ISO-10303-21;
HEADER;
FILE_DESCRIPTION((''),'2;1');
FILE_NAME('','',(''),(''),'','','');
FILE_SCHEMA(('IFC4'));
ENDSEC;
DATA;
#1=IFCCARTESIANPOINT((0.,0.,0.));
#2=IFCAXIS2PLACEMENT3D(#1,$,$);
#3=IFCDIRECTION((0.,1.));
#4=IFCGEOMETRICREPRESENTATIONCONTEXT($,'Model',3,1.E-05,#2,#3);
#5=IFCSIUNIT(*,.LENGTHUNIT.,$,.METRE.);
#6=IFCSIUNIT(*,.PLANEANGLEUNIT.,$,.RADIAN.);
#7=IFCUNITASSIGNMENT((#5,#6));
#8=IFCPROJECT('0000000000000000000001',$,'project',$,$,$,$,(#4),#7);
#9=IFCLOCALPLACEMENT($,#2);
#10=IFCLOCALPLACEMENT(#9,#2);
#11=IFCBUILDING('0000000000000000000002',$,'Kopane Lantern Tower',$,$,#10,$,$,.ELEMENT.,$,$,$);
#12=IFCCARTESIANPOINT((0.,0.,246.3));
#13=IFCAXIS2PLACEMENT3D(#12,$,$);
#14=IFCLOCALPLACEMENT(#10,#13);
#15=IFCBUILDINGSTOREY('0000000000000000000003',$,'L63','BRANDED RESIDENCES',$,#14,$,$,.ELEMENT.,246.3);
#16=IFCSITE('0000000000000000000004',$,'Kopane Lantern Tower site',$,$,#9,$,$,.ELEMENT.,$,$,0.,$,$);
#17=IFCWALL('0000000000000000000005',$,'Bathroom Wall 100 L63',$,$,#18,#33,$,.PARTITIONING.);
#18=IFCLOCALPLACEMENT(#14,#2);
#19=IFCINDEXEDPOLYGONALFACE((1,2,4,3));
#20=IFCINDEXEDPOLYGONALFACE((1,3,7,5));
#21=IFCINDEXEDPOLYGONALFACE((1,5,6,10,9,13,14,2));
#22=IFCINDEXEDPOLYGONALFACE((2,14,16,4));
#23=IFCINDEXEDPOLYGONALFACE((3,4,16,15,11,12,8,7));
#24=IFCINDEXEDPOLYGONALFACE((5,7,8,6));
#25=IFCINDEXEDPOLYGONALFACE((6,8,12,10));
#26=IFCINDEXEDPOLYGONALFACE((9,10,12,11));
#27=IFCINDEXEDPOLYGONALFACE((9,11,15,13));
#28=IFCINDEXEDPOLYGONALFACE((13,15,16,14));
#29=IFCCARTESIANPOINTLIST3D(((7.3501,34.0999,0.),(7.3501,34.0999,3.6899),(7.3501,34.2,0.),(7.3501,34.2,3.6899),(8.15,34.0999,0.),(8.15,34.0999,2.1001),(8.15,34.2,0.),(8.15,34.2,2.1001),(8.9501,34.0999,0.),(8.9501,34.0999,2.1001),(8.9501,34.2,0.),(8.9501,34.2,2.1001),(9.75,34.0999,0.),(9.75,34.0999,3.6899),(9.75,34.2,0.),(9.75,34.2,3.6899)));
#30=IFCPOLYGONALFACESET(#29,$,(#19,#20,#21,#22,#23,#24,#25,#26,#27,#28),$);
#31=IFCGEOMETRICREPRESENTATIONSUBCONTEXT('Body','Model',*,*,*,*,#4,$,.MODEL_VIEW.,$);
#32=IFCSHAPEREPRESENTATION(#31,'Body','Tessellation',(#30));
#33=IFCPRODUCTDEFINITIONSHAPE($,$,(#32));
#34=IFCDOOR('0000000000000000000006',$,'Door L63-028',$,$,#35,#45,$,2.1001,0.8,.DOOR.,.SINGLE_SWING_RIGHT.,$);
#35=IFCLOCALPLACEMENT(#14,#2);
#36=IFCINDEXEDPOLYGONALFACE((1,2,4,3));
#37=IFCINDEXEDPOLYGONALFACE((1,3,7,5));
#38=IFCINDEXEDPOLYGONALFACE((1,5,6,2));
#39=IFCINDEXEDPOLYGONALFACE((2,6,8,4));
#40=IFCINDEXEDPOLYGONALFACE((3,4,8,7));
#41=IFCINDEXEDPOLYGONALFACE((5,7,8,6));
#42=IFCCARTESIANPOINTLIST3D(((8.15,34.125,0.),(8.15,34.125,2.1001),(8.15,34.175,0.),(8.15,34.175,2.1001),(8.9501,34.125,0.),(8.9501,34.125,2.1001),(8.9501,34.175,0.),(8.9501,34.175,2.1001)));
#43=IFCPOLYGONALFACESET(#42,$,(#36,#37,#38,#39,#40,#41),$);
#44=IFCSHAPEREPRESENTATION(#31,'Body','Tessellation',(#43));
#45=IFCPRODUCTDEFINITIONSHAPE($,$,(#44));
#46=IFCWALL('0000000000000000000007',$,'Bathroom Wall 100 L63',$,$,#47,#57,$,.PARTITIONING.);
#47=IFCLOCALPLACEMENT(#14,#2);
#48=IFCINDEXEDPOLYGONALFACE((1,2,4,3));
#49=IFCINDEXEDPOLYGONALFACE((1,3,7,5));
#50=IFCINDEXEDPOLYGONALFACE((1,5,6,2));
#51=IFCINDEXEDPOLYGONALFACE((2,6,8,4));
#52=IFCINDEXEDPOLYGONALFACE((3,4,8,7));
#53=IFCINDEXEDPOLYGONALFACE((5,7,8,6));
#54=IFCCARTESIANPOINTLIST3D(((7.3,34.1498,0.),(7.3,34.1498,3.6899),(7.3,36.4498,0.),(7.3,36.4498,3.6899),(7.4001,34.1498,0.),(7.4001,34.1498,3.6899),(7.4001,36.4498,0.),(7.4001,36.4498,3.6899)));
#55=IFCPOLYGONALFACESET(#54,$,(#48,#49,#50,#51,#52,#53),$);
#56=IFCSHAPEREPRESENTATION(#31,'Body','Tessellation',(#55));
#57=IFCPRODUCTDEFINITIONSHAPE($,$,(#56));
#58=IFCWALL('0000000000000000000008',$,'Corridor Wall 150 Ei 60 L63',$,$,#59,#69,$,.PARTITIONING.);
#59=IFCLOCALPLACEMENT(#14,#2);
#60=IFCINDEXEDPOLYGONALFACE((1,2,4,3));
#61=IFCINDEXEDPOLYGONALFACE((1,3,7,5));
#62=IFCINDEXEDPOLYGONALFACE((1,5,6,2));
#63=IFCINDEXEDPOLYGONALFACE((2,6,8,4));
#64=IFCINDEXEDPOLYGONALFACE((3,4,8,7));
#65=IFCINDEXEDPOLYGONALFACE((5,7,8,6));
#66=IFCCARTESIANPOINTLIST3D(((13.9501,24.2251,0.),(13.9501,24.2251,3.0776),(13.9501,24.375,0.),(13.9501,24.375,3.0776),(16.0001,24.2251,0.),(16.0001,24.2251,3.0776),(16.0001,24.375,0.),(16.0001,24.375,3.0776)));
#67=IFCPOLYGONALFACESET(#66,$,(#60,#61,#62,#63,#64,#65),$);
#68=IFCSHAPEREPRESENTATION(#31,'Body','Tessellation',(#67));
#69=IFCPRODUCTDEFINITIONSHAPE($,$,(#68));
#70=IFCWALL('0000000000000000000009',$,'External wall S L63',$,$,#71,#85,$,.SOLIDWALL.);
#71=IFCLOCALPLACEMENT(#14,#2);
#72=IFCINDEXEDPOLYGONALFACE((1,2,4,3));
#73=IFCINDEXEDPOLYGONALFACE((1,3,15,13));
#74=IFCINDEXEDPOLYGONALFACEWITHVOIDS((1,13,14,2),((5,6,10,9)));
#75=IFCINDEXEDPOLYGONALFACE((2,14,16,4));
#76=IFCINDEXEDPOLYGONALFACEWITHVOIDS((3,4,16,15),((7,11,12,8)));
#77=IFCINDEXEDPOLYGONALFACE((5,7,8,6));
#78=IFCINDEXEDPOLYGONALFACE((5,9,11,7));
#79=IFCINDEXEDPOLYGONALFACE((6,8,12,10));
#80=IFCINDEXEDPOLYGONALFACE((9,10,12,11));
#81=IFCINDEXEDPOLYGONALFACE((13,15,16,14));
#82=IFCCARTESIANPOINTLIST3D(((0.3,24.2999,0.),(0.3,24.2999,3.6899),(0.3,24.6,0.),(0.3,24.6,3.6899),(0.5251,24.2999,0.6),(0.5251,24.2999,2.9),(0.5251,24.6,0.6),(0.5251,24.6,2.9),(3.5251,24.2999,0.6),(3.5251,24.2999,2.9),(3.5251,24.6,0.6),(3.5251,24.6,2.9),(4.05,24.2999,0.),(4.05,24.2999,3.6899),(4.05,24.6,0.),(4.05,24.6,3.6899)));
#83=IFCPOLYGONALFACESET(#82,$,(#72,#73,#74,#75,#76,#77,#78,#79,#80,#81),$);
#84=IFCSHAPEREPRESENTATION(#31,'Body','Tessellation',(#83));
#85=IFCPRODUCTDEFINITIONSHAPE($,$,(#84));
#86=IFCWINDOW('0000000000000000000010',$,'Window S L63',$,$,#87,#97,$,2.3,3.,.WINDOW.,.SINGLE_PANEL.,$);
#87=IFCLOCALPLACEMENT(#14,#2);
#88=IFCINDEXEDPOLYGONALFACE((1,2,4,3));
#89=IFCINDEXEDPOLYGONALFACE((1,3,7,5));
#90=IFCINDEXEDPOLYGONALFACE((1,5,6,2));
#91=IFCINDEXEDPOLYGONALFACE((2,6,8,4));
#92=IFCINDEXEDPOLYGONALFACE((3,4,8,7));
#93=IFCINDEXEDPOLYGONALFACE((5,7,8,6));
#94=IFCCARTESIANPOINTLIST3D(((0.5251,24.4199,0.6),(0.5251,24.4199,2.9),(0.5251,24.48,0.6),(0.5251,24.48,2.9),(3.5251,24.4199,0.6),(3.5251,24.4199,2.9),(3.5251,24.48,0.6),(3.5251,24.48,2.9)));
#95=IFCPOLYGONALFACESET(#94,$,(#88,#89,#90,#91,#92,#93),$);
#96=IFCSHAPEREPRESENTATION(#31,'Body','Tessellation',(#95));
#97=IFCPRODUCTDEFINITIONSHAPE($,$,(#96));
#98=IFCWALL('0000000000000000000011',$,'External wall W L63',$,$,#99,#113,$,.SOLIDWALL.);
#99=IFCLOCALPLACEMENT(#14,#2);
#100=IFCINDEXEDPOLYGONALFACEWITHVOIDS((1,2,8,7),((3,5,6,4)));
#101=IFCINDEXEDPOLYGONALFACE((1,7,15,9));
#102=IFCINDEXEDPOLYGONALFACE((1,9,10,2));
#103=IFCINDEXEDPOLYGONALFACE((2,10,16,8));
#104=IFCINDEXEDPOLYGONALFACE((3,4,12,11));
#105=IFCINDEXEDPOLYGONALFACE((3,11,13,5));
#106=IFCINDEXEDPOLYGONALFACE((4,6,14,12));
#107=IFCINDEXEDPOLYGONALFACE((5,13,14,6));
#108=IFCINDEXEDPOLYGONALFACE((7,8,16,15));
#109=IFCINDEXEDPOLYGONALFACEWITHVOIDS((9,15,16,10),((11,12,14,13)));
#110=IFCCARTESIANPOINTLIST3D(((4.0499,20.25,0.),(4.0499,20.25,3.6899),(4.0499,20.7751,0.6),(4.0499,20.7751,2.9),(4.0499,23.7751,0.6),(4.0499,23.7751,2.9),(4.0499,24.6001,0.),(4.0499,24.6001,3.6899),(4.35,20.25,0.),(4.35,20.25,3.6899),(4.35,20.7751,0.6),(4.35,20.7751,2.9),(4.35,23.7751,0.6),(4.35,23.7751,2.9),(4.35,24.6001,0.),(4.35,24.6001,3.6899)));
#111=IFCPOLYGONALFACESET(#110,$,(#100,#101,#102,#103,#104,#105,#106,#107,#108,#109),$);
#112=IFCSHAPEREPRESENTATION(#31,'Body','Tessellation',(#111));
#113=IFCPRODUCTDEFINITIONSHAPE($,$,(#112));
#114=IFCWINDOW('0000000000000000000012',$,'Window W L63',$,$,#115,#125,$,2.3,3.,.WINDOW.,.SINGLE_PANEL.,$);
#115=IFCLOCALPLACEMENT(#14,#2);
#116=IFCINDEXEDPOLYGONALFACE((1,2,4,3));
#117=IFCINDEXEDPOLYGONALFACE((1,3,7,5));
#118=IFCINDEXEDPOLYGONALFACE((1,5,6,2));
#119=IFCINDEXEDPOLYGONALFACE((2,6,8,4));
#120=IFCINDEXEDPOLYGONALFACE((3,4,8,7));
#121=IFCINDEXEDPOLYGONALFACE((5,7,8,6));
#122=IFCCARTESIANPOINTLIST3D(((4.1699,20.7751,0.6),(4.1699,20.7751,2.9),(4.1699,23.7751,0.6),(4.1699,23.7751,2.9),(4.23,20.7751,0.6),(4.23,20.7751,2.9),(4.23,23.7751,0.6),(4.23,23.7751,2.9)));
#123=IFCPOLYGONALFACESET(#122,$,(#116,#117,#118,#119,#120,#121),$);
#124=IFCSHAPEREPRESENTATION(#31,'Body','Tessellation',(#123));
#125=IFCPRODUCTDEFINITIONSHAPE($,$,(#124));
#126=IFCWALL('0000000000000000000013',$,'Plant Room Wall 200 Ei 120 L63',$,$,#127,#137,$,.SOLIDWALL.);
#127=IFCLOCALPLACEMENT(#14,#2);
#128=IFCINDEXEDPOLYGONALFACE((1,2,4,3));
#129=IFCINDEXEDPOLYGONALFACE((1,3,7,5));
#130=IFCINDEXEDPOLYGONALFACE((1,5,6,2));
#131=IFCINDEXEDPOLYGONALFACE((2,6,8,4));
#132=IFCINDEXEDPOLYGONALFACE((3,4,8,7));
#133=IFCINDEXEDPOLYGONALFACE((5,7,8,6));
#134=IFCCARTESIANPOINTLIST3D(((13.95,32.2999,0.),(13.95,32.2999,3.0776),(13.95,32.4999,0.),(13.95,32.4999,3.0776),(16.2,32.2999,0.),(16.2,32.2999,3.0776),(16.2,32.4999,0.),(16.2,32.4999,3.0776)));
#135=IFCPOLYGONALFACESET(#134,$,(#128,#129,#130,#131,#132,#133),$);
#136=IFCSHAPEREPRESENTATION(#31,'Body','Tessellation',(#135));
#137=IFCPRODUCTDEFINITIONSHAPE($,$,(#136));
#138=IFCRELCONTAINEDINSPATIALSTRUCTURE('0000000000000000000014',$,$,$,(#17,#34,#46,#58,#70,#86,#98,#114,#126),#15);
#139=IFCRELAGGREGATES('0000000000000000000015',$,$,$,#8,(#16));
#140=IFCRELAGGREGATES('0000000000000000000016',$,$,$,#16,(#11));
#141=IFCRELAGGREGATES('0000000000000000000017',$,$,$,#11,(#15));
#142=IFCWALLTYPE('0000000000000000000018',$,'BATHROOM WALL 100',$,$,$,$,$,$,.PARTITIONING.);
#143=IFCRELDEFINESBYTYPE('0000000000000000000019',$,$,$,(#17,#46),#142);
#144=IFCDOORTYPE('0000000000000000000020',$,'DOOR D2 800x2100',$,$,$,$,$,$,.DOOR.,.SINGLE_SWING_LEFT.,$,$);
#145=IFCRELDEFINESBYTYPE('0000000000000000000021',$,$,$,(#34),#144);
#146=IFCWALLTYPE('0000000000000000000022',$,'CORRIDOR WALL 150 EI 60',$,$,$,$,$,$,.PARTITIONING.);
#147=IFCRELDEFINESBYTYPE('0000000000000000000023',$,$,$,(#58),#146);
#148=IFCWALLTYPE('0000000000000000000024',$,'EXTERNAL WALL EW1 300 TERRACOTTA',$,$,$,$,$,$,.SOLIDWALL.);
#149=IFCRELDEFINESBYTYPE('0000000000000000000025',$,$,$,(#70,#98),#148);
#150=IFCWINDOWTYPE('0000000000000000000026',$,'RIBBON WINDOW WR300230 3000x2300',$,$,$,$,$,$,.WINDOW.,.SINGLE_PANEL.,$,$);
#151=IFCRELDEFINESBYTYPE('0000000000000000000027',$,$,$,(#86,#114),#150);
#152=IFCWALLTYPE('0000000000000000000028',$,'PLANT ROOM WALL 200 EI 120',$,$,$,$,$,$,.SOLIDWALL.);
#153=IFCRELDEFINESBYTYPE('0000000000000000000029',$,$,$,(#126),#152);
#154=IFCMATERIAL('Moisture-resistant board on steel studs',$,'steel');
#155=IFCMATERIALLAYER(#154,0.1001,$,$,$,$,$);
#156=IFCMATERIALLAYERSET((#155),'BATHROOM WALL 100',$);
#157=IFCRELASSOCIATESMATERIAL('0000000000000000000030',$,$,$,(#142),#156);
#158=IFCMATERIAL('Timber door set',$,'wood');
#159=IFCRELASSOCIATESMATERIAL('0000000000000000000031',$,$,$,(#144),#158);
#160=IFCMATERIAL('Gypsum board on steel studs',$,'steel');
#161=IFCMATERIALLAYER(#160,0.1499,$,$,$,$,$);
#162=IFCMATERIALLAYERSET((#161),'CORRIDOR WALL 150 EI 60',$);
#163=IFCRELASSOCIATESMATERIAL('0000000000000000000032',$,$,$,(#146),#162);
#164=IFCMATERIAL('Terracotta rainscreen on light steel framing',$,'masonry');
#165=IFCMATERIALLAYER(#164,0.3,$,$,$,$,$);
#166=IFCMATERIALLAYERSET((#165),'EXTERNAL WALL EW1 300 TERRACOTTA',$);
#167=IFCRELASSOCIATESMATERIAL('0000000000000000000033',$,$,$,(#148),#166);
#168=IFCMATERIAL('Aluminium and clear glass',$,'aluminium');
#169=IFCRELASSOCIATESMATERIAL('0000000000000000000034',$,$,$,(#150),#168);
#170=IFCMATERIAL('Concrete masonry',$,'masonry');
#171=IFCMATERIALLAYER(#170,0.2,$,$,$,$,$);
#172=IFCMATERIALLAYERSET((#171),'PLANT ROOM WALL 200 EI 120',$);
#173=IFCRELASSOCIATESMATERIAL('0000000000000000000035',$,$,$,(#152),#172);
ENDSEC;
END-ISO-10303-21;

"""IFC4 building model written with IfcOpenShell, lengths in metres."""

from ifc_helpers import new_model, si_unit, direction, frame, frame_2d, origin, place, context, subcontext, project, spatial, rectangle, extrude, material, layer, layer_set, type_object, element, fill, save


model = new_model("IFC4")

# Units and contexts
model_context = context("Model", 3, precision=1e-05, world=origin(), true_north=direction((0.0, 1.0)))
body_context = subcontext(model_context, "Body", "Model", "MODEL_VIEW")
ifc_project = project(units=[si_unit("LENGTHUNIT", "METRE"), si_unit("PLANEANGLEUNIT", "RADIAN")], contexts=[model_context])

# Site, building, storey
site_placement = place(None, origin())
site = spatial("IfcSite", under=ifc_project, at=site_placement, Name="Kopane Lantern Tower site", CompositionType="ELEMENT", RefElevation=0.0)
building_placement = place(site_placement, origin())
building = spatial("IfcBuilding", under=site, at=building_placement, Name="Kopane Lantern Tower", CompositionType="ELEMENT")
storey_placement = place(building_placement, frame((0.0, 0.0, 246.3)))
storey = spatial("IfcBuildingStorey", under=building, at=storey_placement, Name="L63", Description="BRANDED RESIDENCES", CompositionType="ELEMENT", Elevation=246.3)

# Wall, opening, door
ifc_material_1 = material(Name="Moisture-resistant board on steel studs", Category="steel")
ifc_layer_1 = layer(ifc_material_1, 0.1001)
ifc_layer_set_1 = layer_set([ifc_layer_1], Name="BATHROOM WALL 100")
wall_type_1 = type_object("IfcWallType", Name="BATHROOM WALL 100", PredefinedType="PARTITIONING", material=ifc_layer_set_1)
wall_1_placement = place(storey_placement, frame((9.75, 34.1499, 0.0), z_axis=(0.0, 0.0, 1.0), x_axis=(-1.0, 0.0, 0.0)))
wall_1 = element("IfcWall", 1, at=wall_1_placement, inside=storey, type_object=wall_type_1, Name="Bathroom Wall 100 L63", PredefinedType="PARTITIONING", context=body_context, shape_type="SweptSolid", body=[
    extrude(rectangle(XDim=2.3999, YDim=0.1001, at=frame_2d((1.2, 0.0))), origin(), (0.0, 0.0, 1.0), 3.6899),
])
opening_1_placement = place(wall_1_placement, frame((0.8, 0.0, 0.0)))
opening_1 = element("IfcOpeningElement", 2, at=opening_1_placement, cuts=wall_1, PredefinedType="OPENING", context=body_context, shape_type="SweptSolid", body=[
    extrude(rectangle(XDim=0.8, YDim=2.1001, at=frame_2d((0.3999, 1.05))), frame((0.0, 0.0601, 0.0), z_axis=(0.0, -1.0, 0.0), x_axis=(1.0, 0.0, 0.0)), (0.0, 0.0, 1.0), 0.1201),
])
ifc_material_2 = material(Name="Timber door set", Category="wood")
door_type_1 = type_object("IfcDoorType", Name="DOOR D2 800x2100", OperationType="SINGLE_SWING_LEFT", PredefinedType="DOOR", material=ifc_material_2)
door_1_placement = place(opening_1_placement, origin())
door_1 = element("IfcDoor", 3, at=door_1_placement, inside=storey, type_object=door_type_1, Name="Door L63-028", OperationType="SINGLE_SWING_RIGHT", OverallHeight=2.1001, OverallWidth=0.8, PredefinedType="DOOR", context=body_context, shape_type="SweptSolid", body=[
    extrude(rectangle(XDim=0.8, YDim=2.1001, at=frame_2d((0.3999, 1.05))), frame((0.0, 0.0249, 0.0), z_axis=(0.0, -1.0, 0.0), x_axis=(1.0, 0.0, 0.0)), (0.0, 0.0, 1.0), 0.05),
])
fill(opening_1, door_1)

# Wall
wall_2_placement = place(storey_placement, frame((7.3501, 34.1499, 0.0), z_axis=(0.0, 0.0, 1.0), x_axis=(0.0, 1.0, 0.0)))
element("IfcWall", 4, at=wall_2_placement, inside=storey, type_object=wall_type_1, Name="Bathroom Wall 100 L63", PredefinedType="PARTITIONING", context=body_context, shape_type="SweptSolid", body=[
    extrude(rectangle(XDim=2.3, YDim=0.1001, at=frame_2d((1.1499, 0.0))), origin(), (0.0, 0.0, 1.0), 3.6899),
])

# Wall
ifc_material_3 = material(Name="Gypsum board on steel studs", Category="steel")
ifc_layer_2 = layer(ifc_material_3, 0.1499)
ifc_layer_set_2 = layer_set([ifc_layer_2], Name="CORRIDOR WALL 150 EI 60")
wall_type_2 = type_object("IfcWallType", Name="CORRIDOR WALL 150 EI 60", PredefinedType="PARTITIONING", material=ifc_layer_set_2)
wall_3_placement = place(storey_placement, frame((16.0, 24.3, 0.0), z_axis=(0.0, 0.0, 1.0), x_axis=(-1.0, 0.0, 0.0)))
element("IfcWall", 5, at=wall_3_placement, inside=storey, type_object=wall_type_2, Name="Corridor Wall 150 Ei 60 L63", PredefinedType="PARTITIONING", context=body_context, shape_type="SweptSolid", body=[
    extrude(rectangle(XDim=2.05, YDim=0.1499, at=frame_2d((1.0249, 0.0))), origin(), (0.0, 0.0, 1.0), 3.0776),
])

# Walls, openings, windows
ifc_material_4 = material(Name="Terracotta rainscreen on light steel framing", Category="masonry")
ifc_layer_3 = layer(ifc_material_4, 0.3)
ifc_layer_set_3 = layer_set([ifc_layer_3], Name="EXTERNAL WALL EW1 300 TERRACOTTA")
wall_type_3 = type_object("IfcWallType", Name="EXTERNAL WALL EW1 300 TERRACOTTA", PredefinedType="SOLIDWALL", material=ifc_layer_set_3)
wall_4_placement = place(storey_placement, frame((0.3, 24.45, 0.0), z_axis=(0.0, 0.0, 1.0), x_axis=(1.0, 0.0, 0.0)))
wall_4 = element("IfcWall", 6, at=wall_4_placement, inside=storey, type_object=wall_type_3, Name="External wall S L63", PredefinedType="SOLIDWALL", context=body_context, shape_type="SweptSolid", body=[
    extrude(rectangle(XDim=3.75, YDim=0.3, at=frame_2d((1.875, 0.0))), origin(), (0.0, 0.0, 1.0), 3.6899),
])
opening_2_placement = place(wall_4_placement, frame((0.2251, 0.0, 0.6001)))
opening_2 = element("IfcOpeningElement", 7, at=opening_2_placement, cuts=wall_4, PredefinedType="OPENING", context=body_context, shape_type="SweptSolid", body=[
    extrude(rectangle(XDim=3.0, YDim=2.3, at=frame_2d((1.5, 1.1499))), frame((0.0, 0.1599, 0.0), z_axis=(0.0, -1.0, 0.0), x_axis=(1.0, 0.0, 0.0)), (0.0, 0.0, 1.0), 0.3201),
])
ifc_material_5 = material(Name="Aluminium and clear glass", Category="aluminium")
window_type = type_object("IfcWindowType", Name="RIBBON WINDOW WR300230 3000x2300", PartitioningType="SINGLE_PANEL", PredefinedType="WINDOW", material=ifc_material_5)
window_1_placement = place(opening_2_placement, origin())
window_1 = element("IfcWindow", 8, at=window_1_placement, inside=storey, type_object=window_type, Name="Window S L63", OverallHeight=2.3, OverallWidth=3.0, PartitioningType="SINGLE_PANEL", PredefinedType="WINDOW", context=body_context, shape_type="SweptSolid", body=[
    extrude(rectangle(XDim=3.0, YDim=2.3, at=frame_2d((1.5, 1.1499))), frame((0.0, 0.03, 0.0), z_axis=(0.0, -1.0, 0.0), x_axis=(1.0, 0.0, 0.0)), (0.0, 0.0, 1.0), 0.0601),
])
fill(opening_2, window_1)
wall_5_placement = place(storey_placement, frame((4.2, 24.6001, 0.0), z_axis=(0.0, 0.0, 1.0), x_axis=(0.0, -1.0, 0.0)))
wall_5 = element("IfcWall", 9, at=wall_5_placement, inside=storey, type_object=wall_type_3, Name="External wall W L63", PredefinedType="SOLIDWALL", context=body_context, shape_type="SweptSolid", body=[
    extrude(rectangle(XDim=4.3501, YDim=0.3, at=frame_2d((2.175, 0.0))), origin(), (0.0, 0.0, 1.0), 3.6899),
])
opening_3_placement = place(wall_5_placement, frame((0.825, 0.0, 0.6001)))
opening_3 = element("IfcOpeningElement", 10, at=opening_3_placement, cuts=wall_5, PredefinedType="OPENING", context=body_context, shape_type="SweptSolid", body=[
    extrude(rectangle(XDim=3.0, YDim=2.3, at=frame_2d((1.5, 1.1499))), frame((0.0, 0.1599, 0.0), z_axis=(0.0, -1.0, 0.0), x_axis=(1.0, 0.0, 0.0)), (0.0, 0.0, 1.0), 0.3201),
])
window_2_placement = place(opening_3_placement, origin())
window_2 = element("IfcWindow", 11, at=window_2_placement, inside=storey, type_object=window_type, Name="Window W L63", OverallHeight=2.3, OverallWidth=3.0, PartitioningType="SINGLE_PANEL", PredefinedType="WINDOW", context=body_context, shape_type="SweptSolid", body=[
    extrude(rectangle(XDim=3.0, YDim=2.3, at=frame_2d((1.5, 1.1499))), frame((0.0, 0.03, 0.0), z_axis=(0.0, -1.0, 0.0), x_axis=(1.0, 0.0, 0.0)), (0.0, 0.0, 1.0), 0.0601),
])
fill(opening_3, window_2)

# Wall
ifc_material_6 = material(Name="Concrete masonry", Category="masonry")
ifc_layer_4 = layer(ifc_material_6, 0.2)
ifc_layer_set_4 = layer_set([ifc_layer_4], Name="PLANT ROOM WALL 200 EI 120")
wall_type_4 = type_object("IfcWallType", Name="PLANT ROOM WALL 200 EI 120", PredefinedType="SOLIDWALL", material=ifc_layer_set_4)
wall_6_placement = place(storey_placement, frame((13.95, 32.3999, 0.0), z_axis=(0.0, 0.0, 1.0), x_axis=(1.0, 0.0, 0.0)))
element("IfcWall", 12, at=wall_6_placement, inside=storey, type_object=wall_type_4, Name="Plant Room Wall 200 Ei 120 L63", PredefinedType="SOLIDWALL", context=body_context, shape_type="SweptSolid", body=[
    extrude(rectangle(XDim=2.25, YDim=0.2, at=frame_2d((1.125, 0.0))), origin(), (0.0, 0.0, 1.0), 3.0776),
])

save(model, "model.ifc")
